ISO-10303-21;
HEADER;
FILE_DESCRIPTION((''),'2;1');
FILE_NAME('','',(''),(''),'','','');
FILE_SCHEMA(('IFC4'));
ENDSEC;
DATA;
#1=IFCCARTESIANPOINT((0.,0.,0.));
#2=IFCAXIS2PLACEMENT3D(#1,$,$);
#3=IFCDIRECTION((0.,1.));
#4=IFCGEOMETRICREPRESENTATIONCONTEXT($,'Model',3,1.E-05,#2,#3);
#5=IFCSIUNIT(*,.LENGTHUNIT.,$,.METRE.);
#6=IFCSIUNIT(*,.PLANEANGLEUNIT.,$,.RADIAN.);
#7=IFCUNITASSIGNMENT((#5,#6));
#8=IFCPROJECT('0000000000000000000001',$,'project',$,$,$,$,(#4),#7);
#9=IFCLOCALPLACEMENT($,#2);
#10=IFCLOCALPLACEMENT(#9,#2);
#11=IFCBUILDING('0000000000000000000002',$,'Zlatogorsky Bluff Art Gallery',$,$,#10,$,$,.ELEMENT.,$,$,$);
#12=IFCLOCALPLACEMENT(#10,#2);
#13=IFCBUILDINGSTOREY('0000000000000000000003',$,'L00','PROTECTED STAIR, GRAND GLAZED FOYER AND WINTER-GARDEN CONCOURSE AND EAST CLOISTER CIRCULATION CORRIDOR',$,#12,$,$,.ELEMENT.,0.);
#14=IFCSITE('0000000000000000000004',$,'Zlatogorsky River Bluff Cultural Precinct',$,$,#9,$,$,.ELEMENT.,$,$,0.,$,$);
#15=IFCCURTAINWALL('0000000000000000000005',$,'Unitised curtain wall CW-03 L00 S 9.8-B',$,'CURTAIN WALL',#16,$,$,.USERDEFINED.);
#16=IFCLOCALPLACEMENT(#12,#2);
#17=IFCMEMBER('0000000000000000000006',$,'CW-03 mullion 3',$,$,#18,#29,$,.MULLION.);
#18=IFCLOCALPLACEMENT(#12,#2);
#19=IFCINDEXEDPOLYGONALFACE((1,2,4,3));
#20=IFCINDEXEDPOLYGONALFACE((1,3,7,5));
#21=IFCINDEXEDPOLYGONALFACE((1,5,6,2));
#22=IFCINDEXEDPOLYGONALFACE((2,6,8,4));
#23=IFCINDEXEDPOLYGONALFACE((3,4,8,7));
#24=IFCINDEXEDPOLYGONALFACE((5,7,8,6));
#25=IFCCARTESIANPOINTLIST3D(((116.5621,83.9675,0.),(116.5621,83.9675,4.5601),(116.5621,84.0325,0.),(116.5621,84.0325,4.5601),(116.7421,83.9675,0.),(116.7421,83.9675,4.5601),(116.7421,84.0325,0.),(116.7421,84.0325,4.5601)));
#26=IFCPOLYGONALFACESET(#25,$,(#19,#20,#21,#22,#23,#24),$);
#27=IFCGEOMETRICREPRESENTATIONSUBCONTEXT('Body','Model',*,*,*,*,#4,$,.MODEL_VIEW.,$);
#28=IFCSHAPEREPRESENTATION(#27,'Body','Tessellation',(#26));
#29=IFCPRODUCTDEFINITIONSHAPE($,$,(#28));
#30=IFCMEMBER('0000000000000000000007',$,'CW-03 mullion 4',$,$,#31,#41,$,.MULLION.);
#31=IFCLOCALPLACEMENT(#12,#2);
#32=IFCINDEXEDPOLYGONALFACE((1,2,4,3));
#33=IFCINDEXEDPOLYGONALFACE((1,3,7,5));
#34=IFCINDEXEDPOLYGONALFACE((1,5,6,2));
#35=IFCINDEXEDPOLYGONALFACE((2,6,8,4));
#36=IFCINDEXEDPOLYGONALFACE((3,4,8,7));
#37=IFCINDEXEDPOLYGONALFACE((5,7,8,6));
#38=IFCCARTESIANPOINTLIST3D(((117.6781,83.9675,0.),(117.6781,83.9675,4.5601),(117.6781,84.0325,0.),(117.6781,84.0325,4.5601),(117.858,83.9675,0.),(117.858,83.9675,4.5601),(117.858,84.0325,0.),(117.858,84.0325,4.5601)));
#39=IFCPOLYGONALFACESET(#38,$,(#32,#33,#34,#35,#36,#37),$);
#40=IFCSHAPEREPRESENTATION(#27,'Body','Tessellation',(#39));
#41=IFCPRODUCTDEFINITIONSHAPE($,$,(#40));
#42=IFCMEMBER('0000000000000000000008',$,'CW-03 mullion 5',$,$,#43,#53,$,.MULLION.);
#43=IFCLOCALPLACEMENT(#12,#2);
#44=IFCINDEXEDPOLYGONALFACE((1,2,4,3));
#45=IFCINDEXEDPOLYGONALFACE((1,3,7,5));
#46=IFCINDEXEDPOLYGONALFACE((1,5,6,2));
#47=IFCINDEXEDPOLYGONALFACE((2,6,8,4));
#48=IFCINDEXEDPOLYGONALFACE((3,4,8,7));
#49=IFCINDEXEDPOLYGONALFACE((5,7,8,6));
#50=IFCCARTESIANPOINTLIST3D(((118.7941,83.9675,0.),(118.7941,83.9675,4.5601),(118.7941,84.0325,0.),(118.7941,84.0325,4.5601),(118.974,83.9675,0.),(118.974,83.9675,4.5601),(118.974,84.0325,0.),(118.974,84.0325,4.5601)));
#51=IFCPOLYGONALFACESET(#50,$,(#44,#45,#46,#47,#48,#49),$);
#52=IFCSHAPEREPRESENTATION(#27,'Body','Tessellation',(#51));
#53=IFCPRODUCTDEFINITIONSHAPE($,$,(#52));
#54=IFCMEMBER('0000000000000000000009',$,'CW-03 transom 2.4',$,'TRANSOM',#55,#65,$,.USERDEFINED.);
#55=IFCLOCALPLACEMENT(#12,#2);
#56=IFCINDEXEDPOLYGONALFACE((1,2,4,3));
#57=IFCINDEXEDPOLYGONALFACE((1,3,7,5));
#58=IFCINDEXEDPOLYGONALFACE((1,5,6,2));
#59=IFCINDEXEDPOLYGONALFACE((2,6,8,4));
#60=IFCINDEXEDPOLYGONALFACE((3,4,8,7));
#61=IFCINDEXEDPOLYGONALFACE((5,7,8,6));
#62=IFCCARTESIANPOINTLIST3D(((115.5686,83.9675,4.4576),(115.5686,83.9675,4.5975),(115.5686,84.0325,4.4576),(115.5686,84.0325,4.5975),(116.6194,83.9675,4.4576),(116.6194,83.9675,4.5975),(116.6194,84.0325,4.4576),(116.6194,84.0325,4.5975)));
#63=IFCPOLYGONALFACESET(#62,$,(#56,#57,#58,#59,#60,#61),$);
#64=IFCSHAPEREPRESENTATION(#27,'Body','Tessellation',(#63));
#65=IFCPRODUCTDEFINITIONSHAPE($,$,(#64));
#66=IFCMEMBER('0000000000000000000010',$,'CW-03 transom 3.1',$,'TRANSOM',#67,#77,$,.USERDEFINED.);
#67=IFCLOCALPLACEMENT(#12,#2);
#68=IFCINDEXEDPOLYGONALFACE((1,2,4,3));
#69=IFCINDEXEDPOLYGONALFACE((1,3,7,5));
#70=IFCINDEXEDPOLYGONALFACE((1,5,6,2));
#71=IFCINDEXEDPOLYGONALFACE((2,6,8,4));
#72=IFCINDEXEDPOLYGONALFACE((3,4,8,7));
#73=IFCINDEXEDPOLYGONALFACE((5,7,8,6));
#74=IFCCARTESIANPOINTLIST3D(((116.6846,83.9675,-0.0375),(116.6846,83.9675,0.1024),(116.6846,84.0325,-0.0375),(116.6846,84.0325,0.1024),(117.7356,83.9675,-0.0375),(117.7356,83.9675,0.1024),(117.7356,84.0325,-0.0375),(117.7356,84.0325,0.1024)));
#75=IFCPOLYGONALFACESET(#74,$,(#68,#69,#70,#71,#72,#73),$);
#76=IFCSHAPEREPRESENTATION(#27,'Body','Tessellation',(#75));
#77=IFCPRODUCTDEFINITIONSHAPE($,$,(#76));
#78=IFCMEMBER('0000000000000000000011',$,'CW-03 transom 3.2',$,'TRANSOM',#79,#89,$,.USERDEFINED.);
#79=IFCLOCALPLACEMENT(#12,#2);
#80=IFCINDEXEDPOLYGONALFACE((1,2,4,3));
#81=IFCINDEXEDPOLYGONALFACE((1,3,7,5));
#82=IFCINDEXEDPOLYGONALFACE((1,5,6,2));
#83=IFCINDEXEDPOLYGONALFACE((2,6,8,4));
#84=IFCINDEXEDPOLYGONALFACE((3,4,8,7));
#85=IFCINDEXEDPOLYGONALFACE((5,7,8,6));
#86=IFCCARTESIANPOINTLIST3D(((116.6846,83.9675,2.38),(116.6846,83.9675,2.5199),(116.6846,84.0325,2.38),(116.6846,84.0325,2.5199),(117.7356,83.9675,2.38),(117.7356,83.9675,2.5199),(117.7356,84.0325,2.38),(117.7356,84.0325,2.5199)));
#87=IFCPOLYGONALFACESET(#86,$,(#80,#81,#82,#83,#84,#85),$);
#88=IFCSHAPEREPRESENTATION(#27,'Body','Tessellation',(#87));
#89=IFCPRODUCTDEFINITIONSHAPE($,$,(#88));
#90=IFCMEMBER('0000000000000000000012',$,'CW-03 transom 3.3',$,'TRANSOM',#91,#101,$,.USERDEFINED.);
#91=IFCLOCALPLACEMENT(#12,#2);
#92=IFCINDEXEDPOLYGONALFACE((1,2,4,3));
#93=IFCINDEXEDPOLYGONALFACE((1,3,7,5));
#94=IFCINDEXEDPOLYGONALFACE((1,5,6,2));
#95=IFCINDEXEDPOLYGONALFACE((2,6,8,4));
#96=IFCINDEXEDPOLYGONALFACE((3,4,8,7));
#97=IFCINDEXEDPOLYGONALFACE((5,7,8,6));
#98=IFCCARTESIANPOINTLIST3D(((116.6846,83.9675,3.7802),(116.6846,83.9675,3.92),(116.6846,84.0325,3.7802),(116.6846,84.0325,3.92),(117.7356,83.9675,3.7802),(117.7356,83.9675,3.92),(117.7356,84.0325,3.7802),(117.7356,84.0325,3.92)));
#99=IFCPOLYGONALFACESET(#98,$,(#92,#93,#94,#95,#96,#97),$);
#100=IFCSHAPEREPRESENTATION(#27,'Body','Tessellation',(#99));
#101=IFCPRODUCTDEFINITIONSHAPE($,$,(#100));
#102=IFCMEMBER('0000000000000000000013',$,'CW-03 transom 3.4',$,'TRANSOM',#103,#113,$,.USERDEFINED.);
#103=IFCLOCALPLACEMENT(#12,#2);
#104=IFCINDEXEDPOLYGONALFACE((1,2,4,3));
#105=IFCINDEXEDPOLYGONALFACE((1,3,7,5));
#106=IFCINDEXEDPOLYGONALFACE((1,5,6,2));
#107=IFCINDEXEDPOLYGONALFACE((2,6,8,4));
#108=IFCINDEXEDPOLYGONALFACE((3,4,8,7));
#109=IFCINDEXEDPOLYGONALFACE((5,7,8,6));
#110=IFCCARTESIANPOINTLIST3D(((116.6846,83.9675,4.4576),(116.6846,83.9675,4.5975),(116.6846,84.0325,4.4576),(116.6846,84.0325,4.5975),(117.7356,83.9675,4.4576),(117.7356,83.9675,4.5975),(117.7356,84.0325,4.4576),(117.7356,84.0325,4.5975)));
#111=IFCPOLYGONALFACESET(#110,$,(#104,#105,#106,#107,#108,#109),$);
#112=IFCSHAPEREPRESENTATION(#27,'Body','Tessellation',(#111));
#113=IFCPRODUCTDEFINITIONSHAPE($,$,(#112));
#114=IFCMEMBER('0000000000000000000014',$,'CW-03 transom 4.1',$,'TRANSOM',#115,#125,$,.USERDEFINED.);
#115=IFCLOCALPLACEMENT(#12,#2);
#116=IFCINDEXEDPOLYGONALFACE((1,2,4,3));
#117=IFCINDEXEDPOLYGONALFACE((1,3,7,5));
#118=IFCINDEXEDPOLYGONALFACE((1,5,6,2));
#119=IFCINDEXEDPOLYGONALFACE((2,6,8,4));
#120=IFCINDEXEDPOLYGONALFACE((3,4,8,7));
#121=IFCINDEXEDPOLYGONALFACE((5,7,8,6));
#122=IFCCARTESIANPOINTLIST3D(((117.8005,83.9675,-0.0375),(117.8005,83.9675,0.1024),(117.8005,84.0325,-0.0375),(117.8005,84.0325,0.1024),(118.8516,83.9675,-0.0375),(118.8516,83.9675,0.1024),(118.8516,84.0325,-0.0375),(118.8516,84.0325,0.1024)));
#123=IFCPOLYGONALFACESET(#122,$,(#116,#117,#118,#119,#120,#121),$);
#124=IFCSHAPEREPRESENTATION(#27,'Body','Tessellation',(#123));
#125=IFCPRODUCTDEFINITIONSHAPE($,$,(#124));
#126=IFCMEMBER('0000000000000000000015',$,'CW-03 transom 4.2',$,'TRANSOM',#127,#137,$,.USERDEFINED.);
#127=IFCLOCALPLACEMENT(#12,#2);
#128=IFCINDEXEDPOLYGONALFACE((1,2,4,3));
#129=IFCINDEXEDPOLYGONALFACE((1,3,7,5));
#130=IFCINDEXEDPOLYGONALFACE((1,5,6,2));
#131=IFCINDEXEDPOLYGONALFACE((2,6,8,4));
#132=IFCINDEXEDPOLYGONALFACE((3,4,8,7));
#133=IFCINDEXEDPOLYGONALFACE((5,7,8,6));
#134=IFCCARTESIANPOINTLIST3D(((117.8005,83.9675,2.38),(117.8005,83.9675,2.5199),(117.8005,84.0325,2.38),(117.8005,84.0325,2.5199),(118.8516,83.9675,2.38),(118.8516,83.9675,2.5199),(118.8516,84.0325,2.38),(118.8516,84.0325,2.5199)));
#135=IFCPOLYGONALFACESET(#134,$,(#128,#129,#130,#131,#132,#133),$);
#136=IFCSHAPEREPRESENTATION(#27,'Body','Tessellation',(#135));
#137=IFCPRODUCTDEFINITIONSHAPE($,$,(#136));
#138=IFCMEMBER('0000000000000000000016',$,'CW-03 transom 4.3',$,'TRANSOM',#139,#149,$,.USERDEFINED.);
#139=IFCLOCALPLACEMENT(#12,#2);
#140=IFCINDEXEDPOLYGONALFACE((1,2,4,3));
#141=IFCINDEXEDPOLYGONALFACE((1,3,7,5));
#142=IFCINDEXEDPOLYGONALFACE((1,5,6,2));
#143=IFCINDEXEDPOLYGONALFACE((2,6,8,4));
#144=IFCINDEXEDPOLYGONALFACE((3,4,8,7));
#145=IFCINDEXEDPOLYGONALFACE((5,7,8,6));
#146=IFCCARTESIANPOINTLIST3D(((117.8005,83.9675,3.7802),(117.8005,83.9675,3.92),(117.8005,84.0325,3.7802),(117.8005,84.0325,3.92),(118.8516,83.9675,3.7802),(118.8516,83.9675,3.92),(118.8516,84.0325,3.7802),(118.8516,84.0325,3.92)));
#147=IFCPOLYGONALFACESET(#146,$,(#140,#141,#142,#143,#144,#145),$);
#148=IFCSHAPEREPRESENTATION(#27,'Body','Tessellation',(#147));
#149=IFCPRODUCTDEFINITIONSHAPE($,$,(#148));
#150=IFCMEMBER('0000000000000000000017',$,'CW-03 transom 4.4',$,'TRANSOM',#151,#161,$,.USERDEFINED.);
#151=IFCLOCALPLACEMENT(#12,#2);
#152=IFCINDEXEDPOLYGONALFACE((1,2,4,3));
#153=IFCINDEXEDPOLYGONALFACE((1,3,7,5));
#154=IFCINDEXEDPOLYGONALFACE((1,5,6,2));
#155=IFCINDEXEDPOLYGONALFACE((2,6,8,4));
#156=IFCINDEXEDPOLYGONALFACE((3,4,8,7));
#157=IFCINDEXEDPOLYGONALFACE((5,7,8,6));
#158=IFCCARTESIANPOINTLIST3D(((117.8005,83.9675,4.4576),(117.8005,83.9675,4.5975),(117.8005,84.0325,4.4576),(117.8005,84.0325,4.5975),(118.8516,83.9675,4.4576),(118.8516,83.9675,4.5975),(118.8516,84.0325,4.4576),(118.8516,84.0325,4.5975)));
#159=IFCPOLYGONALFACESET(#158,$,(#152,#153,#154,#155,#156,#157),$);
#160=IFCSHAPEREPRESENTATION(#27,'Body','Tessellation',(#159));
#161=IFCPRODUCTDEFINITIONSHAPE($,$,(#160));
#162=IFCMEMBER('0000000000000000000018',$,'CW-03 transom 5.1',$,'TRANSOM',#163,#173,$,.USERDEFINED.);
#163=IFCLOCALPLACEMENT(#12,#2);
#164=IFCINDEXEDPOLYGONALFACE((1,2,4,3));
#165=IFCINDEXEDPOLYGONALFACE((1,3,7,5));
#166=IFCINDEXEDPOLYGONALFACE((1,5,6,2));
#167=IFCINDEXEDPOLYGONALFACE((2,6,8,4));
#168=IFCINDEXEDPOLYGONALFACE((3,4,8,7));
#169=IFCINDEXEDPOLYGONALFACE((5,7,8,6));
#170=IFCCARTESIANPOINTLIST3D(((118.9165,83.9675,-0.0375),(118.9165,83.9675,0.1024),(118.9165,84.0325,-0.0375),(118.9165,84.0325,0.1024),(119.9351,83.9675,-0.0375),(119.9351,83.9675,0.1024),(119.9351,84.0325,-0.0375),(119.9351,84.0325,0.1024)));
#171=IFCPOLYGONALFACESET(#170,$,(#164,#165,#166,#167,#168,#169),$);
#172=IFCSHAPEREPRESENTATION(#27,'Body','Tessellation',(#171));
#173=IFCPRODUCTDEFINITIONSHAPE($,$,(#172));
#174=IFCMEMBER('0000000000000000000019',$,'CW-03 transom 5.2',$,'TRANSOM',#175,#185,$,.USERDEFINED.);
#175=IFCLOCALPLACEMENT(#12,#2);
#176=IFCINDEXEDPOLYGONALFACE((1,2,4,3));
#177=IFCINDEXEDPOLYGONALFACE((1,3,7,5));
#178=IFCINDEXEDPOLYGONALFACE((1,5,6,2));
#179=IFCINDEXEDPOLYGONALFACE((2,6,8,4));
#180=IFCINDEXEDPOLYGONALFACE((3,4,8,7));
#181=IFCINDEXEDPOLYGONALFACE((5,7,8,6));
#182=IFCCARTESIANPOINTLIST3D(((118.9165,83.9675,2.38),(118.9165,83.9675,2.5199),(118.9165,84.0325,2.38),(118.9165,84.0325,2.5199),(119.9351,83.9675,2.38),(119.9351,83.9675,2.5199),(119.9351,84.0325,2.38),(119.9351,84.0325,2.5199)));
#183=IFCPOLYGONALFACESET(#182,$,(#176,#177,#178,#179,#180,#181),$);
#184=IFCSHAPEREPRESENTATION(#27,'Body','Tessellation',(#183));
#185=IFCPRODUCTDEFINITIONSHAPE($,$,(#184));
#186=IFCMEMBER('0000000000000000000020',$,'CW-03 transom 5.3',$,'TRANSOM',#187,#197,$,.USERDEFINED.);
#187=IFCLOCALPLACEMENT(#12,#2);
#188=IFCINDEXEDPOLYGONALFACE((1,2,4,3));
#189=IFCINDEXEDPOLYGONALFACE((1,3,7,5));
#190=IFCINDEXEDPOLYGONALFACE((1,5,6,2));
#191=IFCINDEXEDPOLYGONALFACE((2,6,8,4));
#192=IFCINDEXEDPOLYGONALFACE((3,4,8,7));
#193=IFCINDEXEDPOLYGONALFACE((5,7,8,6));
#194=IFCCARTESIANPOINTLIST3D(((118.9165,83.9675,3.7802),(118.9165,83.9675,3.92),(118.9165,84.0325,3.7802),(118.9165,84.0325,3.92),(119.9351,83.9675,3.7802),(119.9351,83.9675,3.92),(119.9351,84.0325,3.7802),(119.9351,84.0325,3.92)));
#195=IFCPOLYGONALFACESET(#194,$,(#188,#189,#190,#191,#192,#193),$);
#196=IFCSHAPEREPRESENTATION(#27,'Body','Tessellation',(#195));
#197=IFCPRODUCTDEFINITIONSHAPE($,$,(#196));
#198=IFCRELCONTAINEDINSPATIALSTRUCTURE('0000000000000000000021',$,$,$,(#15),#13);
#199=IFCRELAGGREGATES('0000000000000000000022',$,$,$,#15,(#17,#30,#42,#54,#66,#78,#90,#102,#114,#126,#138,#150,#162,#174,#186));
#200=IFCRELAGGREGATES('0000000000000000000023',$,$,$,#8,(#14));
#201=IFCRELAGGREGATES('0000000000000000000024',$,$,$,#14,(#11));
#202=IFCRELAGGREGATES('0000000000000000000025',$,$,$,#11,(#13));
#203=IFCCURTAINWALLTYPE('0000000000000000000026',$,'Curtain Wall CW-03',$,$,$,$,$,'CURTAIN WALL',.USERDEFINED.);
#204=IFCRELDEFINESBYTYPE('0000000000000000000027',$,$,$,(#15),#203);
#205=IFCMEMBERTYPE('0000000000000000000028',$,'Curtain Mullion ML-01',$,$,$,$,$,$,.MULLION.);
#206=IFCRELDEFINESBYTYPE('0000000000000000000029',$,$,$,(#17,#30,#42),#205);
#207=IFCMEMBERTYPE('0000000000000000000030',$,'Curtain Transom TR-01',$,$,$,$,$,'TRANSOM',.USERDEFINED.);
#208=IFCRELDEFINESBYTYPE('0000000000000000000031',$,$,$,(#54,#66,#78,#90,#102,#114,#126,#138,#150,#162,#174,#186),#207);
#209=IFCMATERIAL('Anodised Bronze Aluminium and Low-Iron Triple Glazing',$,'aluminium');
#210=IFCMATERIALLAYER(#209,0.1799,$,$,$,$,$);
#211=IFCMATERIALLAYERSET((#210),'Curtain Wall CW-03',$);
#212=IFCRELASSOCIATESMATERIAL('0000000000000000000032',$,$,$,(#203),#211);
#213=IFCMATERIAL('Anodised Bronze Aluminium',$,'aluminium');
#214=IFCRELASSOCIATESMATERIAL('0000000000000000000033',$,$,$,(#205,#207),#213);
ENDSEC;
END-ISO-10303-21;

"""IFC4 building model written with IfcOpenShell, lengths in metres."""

from ifc_helpers import new_model, si_unit, direction, frame, origin, origin_2d, place, context, subcontext, project, spatial, rectangle, extrude, material, layer, layer_set, material_profile, profile_set, type_object, element, aggregate, save


model = new_model("IFC4")

# Units and contexts
model_context = context("Model", 3, precision=1e-05, world=origin(), true_north=direction((0.0, 1.0)))
body_context = subcontext(model_context, "Body", "Model", "MODEL_VIEW")
ifc_project = project(units=[si_unit("LENGTHUNIT", "METRE"), si_unit("PLANEANGLEUNIT", "RADIAN")], contexts=[model_context])

# Site, building, storey
site_placement = place(None, origin())
site = spatial("IfcSite", under=ifc_project, at=site_placement, Name="Zlatogorsky River Bluff Cultural Precinct", CompositionType="ELEMENT", RefElevation=0.0)
building_placement = place(site_placement, origin())
building = spatial("IfcBuilding", under=site, at=building_placement, Name="Zlatogorsky Bluff Art Gallery", CompositionType="ELEMENT")
storey_placement = place(building_placement, origin())
storey = spatial("IfcBuildingStorey", under=building, at=storey_placement, Name="L00", Description="PROTECTED STAIR, GRAND GLAZED FOYER AND WINTER-GARDEN CONCOURSE AND EAST CLOISTER CIRCULATION CORRIDOR", CompositionType="ELEMENT", Elevation=0.0)

# Curtain wall, members
ifc_material_1 = material(Name="Anodised Bronze Aluminium and Low-Iron Triple Glazing", Category="aluminium")
ifc_layer_1 = layer(ifc_material_1, 0.1799)
ifc_layer_set_1 = layer_set([ifc_layer_1], Name="Curtain Wall CW-03")
curtain_wall_type = type_object("IfcCurtainWallType", Name="Curtain Wall CW-03", ElementType="CURTAIN WALL", PredefinedType="USERDEFINED", material=ifc_layer_set_1)
curtain_wall_placement = place(storey_placement, origin())
curtain_wall = element("IfcCurtainWall", 1, at=curtain_wall_placement, inside=storey, type_object=curtain_wall_type, Name="Unitised curtain wall CW-03 L00 S 9.8-B", ObjectType="CURTAIN WALL", PredefinedType="USERDEFINED")
ifc_material_2 = material(Name="Anodised Bronze Aluminium", Category="aluminium")
ifc_material_profile_1 = material_profile(ifc_material_2, rectangle(XDim=0.0649, YDim=0.1799, at=origin_2d()), Name="ALU MULLION 65x180")
ifc_profile_set_1 = profile_set([ifc_material_profile_1], Name="Anodised Bronze Aluminium")
member_type_1 = type_object("IfcMemberType", Name="Curtain Mullion ML-01", PredefinedType="MULLION", material=ifc_profile_set_1)
member_1_placement = place(storey_placement, frame((116.6521, 84.0, 0.0), z_axis=(0.0, 0.0, 1.0), x_axis=(0.0, 1.0, 0.0)))
member_1 = element("IfcMember", 2, at=member_1_placement, type_object=member_type_1, Name="CW-03 mullion 3", PredefinedType="MULLION", context=body_context, shape_type="SweptSolid", body=[
    extrude(rectangle(XDim=0.0649, YDim=0.1799, at=origin_2d()), origin(), (0.0, 0.0, 1.0), 4.5601),
])
member_2_placement = place(storey_placement, frame((117.7681, 84.0, 0.0), z_axis=(0.0, 0.0, 1.0), x_axis=(0.0, 1.0, 0.0)))
member_2 = element("IfcMember", 3, at=member_2_placement, type_object=member_type_1, Name="CW-03 mullion 4", PredefinedType="MULLION", context=body_context, shape_type="SweptSolid", body=[
    extrude(rectangle(XDim=0.0649, YDim=0.1799, at=origin_2d()), origin(), (0.0, 0.0, 1.0), 4.5601),
])
member_3_placement = place(storey_placement, frame((118.884, 84.0, 0.0), z_axis=(0.0, 0.0, 1.0), x_axis=(0.0, 1.0, 0.0)))
member_3 = element("IfcMember", 4, at=member_3_placement, type_object=member_type_1, Name="CW-03 mullion 5", PredefinedType="MULLION", context=body_context, shape_type="SweptSolid", body=[
    extrude(rectangle(XDim=0.0649, YDim=0.1799, at=origin_2d()), origin(), (0.0, 0.0, 1.0), 4.5601),
])
ifc_material_profile_2 = material_profile(ifc_material_2, rectangle(XDim=0.0649, YDim=0.1399, at=origin_2d()), Name="ALU TRANSOM 65x140")
ifc_profile_set_2 = profile_set([ifc_material_profile_2], Name="Anodised Bronze Aluminium")
member_type_2 = type_object("IfcMemberType", Name="Curtain Transom TR-01", ElementType="TRANSOM", PredefinedType="USERDEFINED", material=ifc_profile_set_2)
member_4_placement = place(storey_placement, frame((115.5686, 84.0, 4.5276), z_axis=(1.0, 0.0, 0.0), x_axis=(0.0, 1.0, 0.0)))
member_4 = element("IfcMember", 5, at=member_4_placement, type_object=member_type_2, Name="CW-03 transom 2.4", ObjectType="TRANSOM", PredefinedType="USERDEFINED", context=body_context, shape_type="SweptSolid", body=[
    extrude(rectangle(XDim=0.0649, YDim=0.1399, at=origin_2d()), origin(), (0.0, 0.0, 1.0), 1.0508),
])
member_5_placement = place(storey_placement, frame((116.6846, 84.0, 0.0325), z_axis=(1.0, 0.0, 0.0), x_axis=(0.0, 1.0, 0.0)))
member_5 = element("IfcMember", 6, at=member_5_placement, type_object=member_type_2, Name="CW-03 transom 3.1", ObjectType="TRANSOM", PredefinedType="USERDEFINED", context=body_context, shape_type="SweptSolid", body=[
    extrude(rectangle(XDim=0.0649, YDim=0.1399, at=origin_2d()), origin(), (0.0, 0.0, 1.0), 1.051),
])
member_6_placement = place(storey_placement, frame((116.6846, 84.0, 2.45), z_axis=(1.0, 0.0, 0.0), x_axis=(0.0, 1.0, 0.0)))
member_6 = element("IfcMember", 7, at=member_6_placement, type_object=member_type_2, Name="CW-03 transom 3.2", ObjectType="TRANSOM", PredefinedType="USERDEFINED", context=body_context, shape_type="SweptSolid", body=[
    extrude(rectangle(XDim=0.0649, YDim=0.1399, at=origin_2d()), origin(), (0.0, 0.0, 1.0), 1.051),
])
member_7_placement = place(storey_placement, frame((116.6846, 84.0, 3.8501), z_axis=(1.0, 0.0, 0.0), x_axis=(0.0, 1.0, 0.0)))
member_7 = element("IfcMember", 8, at=member_7_placement, type_object=member_type_2, Name="CW-03 transom 3.3", ObjectType="TRANSOM", PredefinedType="USERDEFINED", context=body_context, shape_type="SweptSolid", body=[
    extrude(rectangle(XDim=0.0649, YDim=0.1399, at=origin_2d()), origin(), (0.0, 0.0, 1.0), 1.051),
])
member_8_placement = place(storey_placement, frame((116.6846, 84.0, 4.5276), z_axis=(1.0, 0.0, 0.0), x_axis=(0.0, 1.0, 0.0)))
member_8 = element("IfcMember", 9, at=member_8_placement, type_object=member_type_2, Name="CW-03 transom 3.4", ObjectType="TRANSOM", PredefinedType="USERDEFINED", context=body_context, shape_type="SweptSolid", body=[
    extrude(rectangle(XDim=0.0649, YDim=0.1399, at=origin_2d()), origin(), (0.0, 0.0, 1.0), 1.051),
])
member_9_placement = place(storey_placement, frame((117.8005, 84.0, 0.0325), z_axis=(1.0, 0.0, 0.0), x_axis=(0.0, 1.0, 0.0)))
member_9 = element("IfcMember", 10, at=member_9_placement, type_object=member_type_2, Name="CW-03 transom 4.1", ObjectType="TRANSOM", PredefinedType="USERDEFINED", context=body_context, shape_type="SweptSolid", body=[
    extrude(rectangle(XDim=0.0649, YDim=0.1399, at=origin_2d()), origin(), (0.0, 0.0, 1.0), 1.051),
])
member_10_placement = place(storey_placement, frame((117.8005, 84.0, 2.45), z_axis=(1.0, 0.0, 0.0), x_axis=(0.0, 1.0, 0.0)))
member_10 = element("IfcMember", 11, at=member_10_placement, type_object=member_type_2, Name="CW-03 transom 4.2", ObjectType="TRANSOM", PredefinedType="USERDEFINED", context=body_context, shape_type="SweptSolid", body=[
    extrude(rectangle(XDim=0.0649, YDim=0.1399, at=origin_2d()), origin(), (0.0, 0.0, 1.0), 1.051),
])
member_11_placement = place(storey_placement, frame((117.8005, 84.0, 3.8501), z_axis=(1.0, 0.0, 0.0), x_axis=(0.0, 1.0, 0.0)))
member_11 = element("IfcMember", 12, at=member_11_placement, type_object=member_type_2, Name="CW-03 transom 4.3", ObjectType="TRANSOM", PredefinedType="USERDEFINED", context=body_context, shape_type="SweptSolid", body=[
    extrude(rectangle(XDim=0.0649, YDim=0.1399, at=origin_2d()), origin(), (0.0, 0.0, 1.0), 1.051),
])
member_12_placement = place(storey_placement, frame((117.8005, 84.0, 4.5276), z_axis=(1.0, 0.0, 0.0), x_axis=(0.0, 1.0, 0.0)))
member_12 = element("IfcMember", 13, at=member_12_placement, type_object=member_type_2, Name="CW-03 transom 4.4", ObjectType="TRANSOM", PredefinedType="USERDEFINED", context=body_context, shape_type="SweptSolid", body=[
    extrude(rectangle(XDim=0.0649, YDim=0.1399, at=origin_2d()), origin(), (0.0, 0.0, 1.0), 1.051),
])
member_13_placement = place(storey_placement, frame((118.9165, 84.0, 0.0325), z_axis=(1.0, 0.0, 0.0), x_axis=(0.0, 1.0, 0.0)))
member_13 = element("IfcMember", 14, at=member_13_placement, type_object=member_type_2, Name="CW-03 transom 5.1", ObjectType="TRANSOM", PredefinedType="USERDEFINED", context=body_context, shape_type="SweptSolid", body=[
    extrude(rectangle(XDim=0.0649, YDim=0.1399, at=origin_2d()), origin(), (0.0, 0.0, 1.0), 1.0186),
])
member_14_placement = place(storey_placement, frame((118.9165, 84.0, 2.45), z_axis=(1.0, 0.0, 0.0), x_axis=(0.0, 1.0, 0.0)))
member_14 = element("IfcMember", 15, at=member_14_placement, type_object=member_type_2, Name="CW-03 transom 5.2", ObjectType="TRANSOM", PredefinedType="USERDEFINED", context=body_context, shape_type="SweptSolid", body=[
    extrude(rectangle(XDim=0.0649, YDim=0.1399, at=origin_2d()), origin(), (0.0, 0.0, 1.0), 1.0186),
])
member_15_placement = place(storey_placement, frame((118.9165, 84.0, 3.8501), z_axis=(1.0, 0.0, 0.0), x_axis=(0.0, 1.0, 0.0)))
member_15 = element("IfcMember", 16, at=member_15_placement, type_object=member_type_2, Name="CW-03 transom 5.3", ObjectType="TRANSOM", PredefinedType="USERDEFINED", context=body_context, shape_type="SweptSolid", body=[
    extrude(rectangle(XDim=0.0649, YDim=0.1399, at=origin_2d()), origin(), (0.0, 0.0, 1.0), 1.0186),
])
aggregate(curtain_wall, [member_1, member_2, member_3, member_4, member_5, member_6, member_7, member_8, member_9, member_10, member_11, member_12, member_13, member_14, member_15])

save(model, "model.ifc")
